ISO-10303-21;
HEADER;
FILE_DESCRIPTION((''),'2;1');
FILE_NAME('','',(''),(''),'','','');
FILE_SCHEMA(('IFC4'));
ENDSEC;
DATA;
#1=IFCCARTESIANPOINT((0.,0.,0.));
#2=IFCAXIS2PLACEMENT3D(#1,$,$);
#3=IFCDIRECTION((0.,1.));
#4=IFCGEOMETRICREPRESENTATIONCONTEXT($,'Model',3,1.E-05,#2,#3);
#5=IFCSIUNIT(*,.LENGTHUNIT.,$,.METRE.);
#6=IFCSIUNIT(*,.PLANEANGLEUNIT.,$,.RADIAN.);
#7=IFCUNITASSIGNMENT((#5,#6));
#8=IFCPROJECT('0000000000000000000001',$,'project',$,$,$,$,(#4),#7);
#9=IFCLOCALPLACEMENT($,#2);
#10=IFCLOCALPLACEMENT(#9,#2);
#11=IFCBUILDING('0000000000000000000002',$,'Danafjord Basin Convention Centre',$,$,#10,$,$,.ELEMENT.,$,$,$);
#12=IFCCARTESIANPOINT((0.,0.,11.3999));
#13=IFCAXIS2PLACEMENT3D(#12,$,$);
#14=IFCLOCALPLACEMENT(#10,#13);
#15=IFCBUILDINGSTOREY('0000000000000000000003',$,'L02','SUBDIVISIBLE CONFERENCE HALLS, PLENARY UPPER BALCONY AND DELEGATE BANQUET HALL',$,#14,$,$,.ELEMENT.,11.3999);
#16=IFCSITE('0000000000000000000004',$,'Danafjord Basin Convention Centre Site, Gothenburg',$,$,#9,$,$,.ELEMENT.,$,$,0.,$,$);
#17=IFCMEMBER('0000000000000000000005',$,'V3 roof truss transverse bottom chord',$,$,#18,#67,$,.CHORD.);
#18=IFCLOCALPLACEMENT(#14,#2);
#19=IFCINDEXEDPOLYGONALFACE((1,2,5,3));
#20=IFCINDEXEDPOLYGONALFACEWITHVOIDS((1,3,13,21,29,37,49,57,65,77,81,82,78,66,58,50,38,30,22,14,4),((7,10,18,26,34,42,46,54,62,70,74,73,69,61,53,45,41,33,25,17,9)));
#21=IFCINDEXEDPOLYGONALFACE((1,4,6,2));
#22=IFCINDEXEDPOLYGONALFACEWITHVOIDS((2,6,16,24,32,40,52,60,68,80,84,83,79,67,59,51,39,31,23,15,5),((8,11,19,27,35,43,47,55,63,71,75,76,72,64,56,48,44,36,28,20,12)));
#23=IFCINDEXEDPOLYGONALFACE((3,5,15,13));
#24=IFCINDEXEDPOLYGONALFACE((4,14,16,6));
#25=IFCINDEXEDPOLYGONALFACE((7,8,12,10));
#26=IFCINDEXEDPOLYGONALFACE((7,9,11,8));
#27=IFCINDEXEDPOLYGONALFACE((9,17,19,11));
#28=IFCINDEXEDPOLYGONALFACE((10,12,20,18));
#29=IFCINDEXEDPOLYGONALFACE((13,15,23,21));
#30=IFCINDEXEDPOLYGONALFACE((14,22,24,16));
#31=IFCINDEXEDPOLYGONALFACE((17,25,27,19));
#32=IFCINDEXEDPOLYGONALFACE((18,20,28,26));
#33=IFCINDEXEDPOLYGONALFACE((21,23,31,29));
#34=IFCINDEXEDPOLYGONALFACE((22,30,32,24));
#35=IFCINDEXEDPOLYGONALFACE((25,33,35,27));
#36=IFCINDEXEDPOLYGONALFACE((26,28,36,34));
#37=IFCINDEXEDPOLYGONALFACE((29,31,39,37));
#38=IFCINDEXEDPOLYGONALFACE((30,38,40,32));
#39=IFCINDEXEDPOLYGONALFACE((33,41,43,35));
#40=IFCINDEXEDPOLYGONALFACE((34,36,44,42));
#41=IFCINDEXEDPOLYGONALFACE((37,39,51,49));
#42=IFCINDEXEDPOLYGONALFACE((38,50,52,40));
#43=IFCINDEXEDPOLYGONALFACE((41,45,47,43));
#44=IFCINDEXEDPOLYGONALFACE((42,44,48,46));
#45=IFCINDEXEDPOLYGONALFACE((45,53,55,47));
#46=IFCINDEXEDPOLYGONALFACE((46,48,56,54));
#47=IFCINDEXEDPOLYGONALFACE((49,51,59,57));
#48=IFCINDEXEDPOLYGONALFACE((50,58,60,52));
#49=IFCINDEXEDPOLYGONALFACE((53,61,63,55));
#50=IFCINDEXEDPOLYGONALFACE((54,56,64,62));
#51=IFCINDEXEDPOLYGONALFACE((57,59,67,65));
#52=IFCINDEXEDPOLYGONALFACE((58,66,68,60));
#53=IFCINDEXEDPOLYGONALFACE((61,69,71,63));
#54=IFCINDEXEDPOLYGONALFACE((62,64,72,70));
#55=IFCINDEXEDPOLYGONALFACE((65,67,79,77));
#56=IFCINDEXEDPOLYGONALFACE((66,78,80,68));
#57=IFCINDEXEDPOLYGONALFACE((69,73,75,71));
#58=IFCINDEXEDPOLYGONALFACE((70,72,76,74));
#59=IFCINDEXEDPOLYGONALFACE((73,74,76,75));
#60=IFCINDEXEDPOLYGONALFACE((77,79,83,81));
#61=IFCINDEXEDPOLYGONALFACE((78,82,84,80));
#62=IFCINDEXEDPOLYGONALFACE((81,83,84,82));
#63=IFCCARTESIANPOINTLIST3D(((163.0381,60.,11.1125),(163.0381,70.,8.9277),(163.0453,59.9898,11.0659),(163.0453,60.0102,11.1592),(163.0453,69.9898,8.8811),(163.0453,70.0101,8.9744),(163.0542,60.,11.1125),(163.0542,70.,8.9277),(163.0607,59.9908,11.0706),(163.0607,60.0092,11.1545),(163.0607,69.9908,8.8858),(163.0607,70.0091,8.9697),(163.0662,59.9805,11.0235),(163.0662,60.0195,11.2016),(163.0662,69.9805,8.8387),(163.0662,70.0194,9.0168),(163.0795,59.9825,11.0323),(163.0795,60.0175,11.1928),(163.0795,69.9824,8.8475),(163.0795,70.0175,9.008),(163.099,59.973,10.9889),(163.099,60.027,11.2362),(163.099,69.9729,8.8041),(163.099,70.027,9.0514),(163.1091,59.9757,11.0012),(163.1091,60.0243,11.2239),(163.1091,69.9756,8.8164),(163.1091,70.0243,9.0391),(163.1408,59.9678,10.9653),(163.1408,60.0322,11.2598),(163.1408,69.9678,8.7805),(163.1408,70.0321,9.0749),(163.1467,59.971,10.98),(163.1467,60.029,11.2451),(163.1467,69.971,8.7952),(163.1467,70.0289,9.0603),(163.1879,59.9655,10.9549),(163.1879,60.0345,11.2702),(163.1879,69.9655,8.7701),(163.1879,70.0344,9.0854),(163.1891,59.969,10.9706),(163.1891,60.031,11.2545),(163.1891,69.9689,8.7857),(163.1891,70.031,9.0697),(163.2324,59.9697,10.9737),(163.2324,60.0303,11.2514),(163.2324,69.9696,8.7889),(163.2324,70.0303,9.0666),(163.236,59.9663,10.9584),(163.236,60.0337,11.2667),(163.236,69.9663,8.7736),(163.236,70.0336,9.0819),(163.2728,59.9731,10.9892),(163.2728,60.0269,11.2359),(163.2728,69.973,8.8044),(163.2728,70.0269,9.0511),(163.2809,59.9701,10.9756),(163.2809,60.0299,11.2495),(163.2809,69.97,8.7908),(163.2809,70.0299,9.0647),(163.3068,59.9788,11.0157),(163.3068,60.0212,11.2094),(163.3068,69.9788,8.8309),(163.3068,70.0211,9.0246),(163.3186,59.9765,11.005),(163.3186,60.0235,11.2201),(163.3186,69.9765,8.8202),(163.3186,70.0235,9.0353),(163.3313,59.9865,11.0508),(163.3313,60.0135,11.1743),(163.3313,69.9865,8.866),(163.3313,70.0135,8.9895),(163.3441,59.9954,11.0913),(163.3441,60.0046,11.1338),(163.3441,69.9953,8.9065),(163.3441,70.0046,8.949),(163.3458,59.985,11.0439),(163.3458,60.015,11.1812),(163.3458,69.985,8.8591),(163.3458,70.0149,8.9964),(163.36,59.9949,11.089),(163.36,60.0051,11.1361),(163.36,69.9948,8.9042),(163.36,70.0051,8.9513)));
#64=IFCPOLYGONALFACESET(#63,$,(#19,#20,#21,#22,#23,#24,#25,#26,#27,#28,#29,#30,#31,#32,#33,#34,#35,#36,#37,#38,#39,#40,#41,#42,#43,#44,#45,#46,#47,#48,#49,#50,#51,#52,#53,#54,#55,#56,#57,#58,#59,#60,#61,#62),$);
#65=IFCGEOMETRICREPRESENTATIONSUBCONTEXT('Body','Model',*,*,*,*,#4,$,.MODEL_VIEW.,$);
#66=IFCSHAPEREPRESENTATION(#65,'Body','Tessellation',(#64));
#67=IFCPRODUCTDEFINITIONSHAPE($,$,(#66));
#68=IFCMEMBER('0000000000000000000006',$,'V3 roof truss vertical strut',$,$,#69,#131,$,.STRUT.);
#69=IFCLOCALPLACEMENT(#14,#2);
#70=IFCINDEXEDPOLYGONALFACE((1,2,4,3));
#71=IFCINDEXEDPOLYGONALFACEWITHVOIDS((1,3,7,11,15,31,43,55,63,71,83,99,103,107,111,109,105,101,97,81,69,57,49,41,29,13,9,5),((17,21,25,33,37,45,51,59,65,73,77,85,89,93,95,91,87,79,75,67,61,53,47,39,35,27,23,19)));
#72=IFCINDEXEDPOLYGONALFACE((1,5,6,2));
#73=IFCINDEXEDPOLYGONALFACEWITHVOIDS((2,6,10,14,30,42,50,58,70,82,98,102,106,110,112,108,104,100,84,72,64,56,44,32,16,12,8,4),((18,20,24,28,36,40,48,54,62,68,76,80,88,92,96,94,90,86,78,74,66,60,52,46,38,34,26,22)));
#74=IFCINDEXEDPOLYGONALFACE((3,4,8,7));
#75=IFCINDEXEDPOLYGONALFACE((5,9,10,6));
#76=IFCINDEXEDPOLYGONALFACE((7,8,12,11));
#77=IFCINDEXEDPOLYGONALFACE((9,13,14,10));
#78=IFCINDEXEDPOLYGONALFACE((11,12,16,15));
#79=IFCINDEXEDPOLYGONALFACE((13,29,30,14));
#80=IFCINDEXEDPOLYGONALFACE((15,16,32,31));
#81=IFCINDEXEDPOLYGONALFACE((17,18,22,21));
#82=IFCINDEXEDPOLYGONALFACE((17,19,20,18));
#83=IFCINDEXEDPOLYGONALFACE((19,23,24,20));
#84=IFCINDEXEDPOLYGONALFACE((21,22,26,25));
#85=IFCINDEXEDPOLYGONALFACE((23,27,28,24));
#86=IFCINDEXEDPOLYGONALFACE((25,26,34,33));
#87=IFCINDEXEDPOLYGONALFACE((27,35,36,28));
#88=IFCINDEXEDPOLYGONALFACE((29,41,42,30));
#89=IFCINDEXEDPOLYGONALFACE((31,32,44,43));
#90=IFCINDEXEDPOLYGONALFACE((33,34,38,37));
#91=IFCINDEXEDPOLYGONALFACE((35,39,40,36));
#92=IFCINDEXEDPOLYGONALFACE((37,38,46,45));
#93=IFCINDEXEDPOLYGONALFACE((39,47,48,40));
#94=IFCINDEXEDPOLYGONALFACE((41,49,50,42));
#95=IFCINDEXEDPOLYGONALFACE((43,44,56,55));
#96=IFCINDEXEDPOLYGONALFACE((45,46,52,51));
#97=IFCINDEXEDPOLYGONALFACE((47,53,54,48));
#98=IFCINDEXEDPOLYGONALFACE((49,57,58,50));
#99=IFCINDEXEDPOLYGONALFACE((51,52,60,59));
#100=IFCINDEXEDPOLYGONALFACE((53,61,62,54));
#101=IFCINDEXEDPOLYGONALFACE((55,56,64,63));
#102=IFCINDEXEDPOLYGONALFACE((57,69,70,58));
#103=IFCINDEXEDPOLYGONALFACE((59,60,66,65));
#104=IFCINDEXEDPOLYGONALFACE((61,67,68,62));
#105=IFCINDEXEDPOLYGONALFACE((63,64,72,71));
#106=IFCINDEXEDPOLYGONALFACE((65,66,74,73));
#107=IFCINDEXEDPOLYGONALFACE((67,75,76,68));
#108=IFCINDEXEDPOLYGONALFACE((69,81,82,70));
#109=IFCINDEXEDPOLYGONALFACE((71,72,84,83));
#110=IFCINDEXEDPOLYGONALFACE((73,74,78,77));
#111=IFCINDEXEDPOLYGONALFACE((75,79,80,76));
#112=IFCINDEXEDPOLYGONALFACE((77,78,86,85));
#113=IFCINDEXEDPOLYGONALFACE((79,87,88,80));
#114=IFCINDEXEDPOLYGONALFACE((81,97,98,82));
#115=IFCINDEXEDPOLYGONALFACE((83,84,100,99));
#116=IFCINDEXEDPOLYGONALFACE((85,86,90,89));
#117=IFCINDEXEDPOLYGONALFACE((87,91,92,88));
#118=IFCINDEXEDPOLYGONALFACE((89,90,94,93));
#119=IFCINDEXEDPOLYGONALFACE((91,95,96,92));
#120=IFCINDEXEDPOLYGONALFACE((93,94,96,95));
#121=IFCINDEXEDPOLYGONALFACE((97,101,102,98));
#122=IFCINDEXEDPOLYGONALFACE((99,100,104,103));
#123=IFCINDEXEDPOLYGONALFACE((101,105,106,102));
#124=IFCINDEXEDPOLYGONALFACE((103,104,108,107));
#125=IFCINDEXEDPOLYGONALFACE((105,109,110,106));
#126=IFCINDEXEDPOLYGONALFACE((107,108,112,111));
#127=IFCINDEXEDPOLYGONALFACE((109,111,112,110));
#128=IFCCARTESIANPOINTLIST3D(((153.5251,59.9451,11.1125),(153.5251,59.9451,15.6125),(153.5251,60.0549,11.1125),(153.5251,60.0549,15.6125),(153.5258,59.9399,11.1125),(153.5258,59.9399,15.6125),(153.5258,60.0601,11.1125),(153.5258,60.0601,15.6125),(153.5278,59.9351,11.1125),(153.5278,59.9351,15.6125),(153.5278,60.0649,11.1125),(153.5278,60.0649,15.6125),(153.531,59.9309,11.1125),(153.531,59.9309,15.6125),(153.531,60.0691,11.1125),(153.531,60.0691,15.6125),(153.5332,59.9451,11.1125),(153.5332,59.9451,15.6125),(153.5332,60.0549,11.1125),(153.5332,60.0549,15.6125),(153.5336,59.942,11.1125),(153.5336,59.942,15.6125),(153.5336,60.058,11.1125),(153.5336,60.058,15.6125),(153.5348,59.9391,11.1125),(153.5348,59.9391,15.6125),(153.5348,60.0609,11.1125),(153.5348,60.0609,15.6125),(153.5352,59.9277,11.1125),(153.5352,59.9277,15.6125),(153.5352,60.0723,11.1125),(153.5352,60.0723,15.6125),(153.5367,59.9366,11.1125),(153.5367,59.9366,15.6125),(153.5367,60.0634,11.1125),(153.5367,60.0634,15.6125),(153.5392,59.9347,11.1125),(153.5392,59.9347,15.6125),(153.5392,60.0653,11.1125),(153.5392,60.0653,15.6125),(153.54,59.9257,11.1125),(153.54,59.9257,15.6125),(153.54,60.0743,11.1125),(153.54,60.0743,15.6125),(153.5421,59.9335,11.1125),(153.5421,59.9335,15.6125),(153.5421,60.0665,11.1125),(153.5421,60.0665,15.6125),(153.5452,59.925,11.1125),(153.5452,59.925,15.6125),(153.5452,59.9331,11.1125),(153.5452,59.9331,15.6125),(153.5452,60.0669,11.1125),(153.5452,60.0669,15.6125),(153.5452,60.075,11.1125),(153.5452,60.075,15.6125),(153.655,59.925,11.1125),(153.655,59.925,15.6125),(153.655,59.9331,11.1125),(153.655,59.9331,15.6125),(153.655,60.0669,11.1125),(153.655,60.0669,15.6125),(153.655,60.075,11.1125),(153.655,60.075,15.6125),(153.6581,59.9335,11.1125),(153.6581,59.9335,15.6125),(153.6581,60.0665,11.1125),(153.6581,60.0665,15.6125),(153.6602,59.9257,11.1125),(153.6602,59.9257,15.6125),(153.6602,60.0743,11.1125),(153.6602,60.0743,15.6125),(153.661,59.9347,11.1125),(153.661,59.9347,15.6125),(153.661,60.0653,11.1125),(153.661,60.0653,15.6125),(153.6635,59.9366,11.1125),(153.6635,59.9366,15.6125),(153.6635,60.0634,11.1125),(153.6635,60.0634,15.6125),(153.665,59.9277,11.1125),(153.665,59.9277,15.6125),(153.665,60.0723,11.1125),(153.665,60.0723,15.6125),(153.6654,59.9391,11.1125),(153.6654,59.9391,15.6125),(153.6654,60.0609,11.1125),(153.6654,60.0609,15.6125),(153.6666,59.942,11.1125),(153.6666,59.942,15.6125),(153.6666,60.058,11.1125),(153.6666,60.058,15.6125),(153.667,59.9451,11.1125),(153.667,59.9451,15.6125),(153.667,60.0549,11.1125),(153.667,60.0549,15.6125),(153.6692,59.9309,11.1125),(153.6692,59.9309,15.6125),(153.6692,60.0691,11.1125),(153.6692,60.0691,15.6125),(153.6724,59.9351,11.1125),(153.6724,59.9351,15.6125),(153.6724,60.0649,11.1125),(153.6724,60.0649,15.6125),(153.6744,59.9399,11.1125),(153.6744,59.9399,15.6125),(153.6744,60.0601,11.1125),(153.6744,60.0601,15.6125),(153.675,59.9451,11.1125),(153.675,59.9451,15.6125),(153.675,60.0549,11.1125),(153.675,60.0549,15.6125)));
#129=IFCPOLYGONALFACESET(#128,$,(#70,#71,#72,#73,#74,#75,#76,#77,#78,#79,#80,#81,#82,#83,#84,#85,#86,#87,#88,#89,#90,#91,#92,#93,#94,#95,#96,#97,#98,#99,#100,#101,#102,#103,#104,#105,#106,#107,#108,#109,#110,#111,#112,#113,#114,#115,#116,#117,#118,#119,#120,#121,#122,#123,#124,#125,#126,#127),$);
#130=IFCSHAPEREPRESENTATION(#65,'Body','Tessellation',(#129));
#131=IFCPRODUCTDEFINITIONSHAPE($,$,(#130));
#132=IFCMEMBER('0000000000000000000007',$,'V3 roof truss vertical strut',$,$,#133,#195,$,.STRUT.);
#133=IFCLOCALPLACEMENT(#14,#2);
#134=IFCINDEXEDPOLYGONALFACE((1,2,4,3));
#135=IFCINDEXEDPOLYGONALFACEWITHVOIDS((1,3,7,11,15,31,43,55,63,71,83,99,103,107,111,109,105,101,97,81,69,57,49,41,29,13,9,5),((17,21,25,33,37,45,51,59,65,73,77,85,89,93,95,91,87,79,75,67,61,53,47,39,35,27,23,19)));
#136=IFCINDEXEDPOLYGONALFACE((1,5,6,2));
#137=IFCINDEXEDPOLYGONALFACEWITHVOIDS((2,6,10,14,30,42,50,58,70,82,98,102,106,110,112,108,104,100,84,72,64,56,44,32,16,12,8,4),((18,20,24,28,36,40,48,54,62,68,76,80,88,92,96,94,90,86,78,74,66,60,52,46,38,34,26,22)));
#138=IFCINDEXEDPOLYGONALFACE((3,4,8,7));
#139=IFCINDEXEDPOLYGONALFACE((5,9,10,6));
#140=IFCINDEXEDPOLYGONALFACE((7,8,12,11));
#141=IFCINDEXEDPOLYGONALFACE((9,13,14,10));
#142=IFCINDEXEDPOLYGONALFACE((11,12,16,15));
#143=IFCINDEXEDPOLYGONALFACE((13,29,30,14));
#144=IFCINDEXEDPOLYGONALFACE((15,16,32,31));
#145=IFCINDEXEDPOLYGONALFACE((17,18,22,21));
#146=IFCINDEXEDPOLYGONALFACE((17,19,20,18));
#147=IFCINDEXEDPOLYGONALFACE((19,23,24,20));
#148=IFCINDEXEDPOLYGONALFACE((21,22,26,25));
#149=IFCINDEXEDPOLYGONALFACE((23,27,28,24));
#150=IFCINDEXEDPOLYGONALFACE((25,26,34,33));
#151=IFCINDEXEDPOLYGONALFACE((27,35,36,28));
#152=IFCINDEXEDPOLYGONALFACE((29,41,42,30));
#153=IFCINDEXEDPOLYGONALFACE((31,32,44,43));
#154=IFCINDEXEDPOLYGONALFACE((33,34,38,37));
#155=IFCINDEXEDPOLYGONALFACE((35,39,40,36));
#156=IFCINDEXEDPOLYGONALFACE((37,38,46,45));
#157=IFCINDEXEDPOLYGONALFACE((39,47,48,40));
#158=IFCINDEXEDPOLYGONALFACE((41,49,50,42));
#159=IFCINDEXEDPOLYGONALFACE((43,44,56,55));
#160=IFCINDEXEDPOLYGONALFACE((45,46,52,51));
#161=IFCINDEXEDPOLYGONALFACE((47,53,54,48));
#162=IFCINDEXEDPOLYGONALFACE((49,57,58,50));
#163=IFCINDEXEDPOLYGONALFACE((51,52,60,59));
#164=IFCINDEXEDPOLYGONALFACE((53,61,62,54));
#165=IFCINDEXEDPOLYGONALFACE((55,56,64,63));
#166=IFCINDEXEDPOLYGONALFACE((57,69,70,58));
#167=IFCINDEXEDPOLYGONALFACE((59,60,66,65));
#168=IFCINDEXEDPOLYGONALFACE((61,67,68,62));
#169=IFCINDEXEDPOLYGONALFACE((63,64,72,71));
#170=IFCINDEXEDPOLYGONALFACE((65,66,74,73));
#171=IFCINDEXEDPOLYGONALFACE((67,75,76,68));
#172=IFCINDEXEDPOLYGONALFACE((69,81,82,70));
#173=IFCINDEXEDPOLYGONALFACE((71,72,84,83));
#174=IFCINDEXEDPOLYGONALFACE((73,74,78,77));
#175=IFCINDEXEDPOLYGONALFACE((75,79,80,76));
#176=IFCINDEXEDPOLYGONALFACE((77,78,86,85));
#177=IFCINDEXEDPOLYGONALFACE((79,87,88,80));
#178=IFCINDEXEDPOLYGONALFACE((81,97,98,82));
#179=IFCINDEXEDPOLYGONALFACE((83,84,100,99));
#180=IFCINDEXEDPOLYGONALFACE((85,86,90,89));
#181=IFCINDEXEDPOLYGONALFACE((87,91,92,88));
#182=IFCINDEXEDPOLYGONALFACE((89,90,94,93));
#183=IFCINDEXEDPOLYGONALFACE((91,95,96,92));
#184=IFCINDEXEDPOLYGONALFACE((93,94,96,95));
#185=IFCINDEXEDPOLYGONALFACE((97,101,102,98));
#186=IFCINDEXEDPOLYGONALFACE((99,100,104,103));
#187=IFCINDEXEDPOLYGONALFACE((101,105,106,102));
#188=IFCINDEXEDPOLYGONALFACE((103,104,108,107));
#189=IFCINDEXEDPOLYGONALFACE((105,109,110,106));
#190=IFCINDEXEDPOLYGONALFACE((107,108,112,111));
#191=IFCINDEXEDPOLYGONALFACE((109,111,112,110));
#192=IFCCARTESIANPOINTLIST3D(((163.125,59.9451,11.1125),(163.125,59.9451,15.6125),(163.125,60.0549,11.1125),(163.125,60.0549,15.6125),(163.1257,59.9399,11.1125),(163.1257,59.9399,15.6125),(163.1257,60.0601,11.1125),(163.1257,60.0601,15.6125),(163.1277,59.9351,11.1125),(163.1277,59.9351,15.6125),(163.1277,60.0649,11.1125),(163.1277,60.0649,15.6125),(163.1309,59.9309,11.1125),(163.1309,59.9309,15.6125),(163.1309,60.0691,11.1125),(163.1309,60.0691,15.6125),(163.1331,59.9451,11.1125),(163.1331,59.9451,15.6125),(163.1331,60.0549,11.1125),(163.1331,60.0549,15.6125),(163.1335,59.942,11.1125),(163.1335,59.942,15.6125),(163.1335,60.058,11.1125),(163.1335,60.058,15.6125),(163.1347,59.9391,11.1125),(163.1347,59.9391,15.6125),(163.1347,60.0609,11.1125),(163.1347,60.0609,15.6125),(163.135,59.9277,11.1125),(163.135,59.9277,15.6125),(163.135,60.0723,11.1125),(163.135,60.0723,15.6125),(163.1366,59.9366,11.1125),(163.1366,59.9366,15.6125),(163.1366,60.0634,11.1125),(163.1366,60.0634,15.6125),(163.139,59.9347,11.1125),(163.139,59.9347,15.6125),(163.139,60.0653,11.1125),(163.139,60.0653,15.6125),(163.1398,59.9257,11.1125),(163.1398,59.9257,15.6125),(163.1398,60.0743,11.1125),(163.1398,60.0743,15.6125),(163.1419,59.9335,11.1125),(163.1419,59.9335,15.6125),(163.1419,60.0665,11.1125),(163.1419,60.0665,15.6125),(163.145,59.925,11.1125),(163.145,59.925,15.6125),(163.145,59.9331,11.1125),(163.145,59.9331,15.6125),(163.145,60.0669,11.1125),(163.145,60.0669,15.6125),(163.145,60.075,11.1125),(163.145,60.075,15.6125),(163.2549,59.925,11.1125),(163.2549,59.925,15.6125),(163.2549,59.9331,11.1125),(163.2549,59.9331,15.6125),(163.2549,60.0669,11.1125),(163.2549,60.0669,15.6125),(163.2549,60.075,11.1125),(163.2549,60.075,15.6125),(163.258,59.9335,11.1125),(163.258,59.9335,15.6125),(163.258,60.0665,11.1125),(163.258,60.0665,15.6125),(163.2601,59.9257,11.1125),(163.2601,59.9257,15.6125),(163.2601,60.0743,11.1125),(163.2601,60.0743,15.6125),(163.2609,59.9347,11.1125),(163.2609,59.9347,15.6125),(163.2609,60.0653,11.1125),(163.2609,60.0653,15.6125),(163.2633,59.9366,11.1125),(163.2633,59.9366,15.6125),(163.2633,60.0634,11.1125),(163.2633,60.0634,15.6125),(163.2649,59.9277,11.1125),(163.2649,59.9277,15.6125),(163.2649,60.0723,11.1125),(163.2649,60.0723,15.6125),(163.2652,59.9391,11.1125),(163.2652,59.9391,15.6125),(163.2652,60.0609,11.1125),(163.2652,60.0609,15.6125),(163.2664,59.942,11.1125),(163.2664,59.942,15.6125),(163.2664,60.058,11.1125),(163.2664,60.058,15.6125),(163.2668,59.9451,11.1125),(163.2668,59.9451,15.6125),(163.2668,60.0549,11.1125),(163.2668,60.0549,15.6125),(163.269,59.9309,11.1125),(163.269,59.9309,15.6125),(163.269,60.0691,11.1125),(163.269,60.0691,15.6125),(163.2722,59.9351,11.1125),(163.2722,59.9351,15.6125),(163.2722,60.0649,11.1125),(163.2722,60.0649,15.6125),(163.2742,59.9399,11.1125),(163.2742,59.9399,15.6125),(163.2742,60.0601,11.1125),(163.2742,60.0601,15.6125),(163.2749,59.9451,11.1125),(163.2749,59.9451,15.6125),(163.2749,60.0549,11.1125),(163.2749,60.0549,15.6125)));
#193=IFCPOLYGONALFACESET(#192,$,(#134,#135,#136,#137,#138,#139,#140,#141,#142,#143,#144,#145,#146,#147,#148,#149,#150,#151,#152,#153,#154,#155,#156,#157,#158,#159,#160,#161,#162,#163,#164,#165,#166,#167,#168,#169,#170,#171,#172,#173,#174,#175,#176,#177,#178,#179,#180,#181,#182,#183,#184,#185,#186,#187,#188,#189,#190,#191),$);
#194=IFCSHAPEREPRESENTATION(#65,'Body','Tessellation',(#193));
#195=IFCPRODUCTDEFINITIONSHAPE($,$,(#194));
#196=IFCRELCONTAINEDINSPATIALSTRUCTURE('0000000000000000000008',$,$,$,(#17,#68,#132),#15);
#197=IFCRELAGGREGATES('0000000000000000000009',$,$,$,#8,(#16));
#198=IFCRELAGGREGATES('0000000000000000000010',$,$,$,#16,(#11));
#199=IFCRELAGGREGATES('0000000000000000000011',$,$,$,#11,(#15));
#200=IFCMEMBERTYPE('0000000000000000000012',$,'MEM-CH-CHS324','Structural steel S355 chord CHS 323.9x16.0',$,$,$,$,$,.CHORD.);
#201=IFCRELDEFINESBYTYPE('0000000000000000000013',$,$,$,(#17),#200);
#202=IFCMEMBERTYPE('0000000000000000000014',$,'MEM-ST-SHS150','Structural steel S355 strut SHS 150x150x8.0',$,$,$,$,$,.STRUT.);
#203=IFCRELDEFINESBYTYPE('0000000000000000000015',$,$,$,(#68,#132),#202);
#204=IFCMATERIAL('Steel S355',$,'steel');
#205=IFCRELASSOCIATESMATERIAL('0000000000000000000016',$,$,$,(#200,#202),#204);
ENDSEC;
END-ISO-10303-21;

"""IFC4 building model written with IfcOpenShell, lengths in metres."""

from ifc_helpers import new_model, si_unit, direction, frame, origin, origin_2d, place, context, subcontext, project, spatial, hollow_rectangle, hollow_circle, extrude, material, material_profile, profile_set, type_object, element, save


model = new_model("IFC4")

# Units and contexts
model_context = context("Model", 3, precision=1e-05, world=origin(), true_north=direction((0.0, 1.0)))
body_context = subcontext(model_context, "Body", "Model", "MODEL_VIEW")
ifc_project = project(units=[si_unit("LENGTHUNIT", "METRE"), si_unit("PLANEANGLEUNIT", "RADIAN")], contexts=[model_context])

# Site, building, storey
site_placement = place(None, origin())
site = spatial("IfcSite", under=ifc_project, at=site_placement, Name="Danafjord Basin Convention Centre Site, Gothenburg", CompositionType="ELEMENT", RefElevation=0.0)
building_placement = place(site_placement, origin())
building = spatial("IfcBuilding", under=site, at=building_placement, Name="Danafjord Basin Convention Centre", CompositionType="ELEMENT")
storey_placement = place(building_placement, frame((0.0, 0.0, 11.3999)))
storey = spatial("IfcBuildingStorey", under=building, at=storey_placement, Name="L02", Description="SUBDIVISIBLE CONFERENCE HALLS, PLENARY UPPER BALCONY AND DELEGATE BANQUET HALL", CompositionType="ELEMENT", Elevation=11.3999)

# Members
ifc_material = material(Name="Steel S355", Category="steel")
ifc_material_profile_1 = material_profile(ifc_material, hollow_circle(Radius=0.1619, WallThickness=0.0161, at=origin_2d()), Name="CHS 323.9x16.0")
ifc_profile_set_1 = profile_set([ifc_material_profile_1], Name="Steel S355")
member_type_1 = type_object("IfcMemberType", Name="MEM-CH-CHS324", Description="Structural steel S355 chord CHS 323.9x16.0", PredefinedType="CHORD", material=ifc_profile_set_1)
member_1_placement = place(storey_placement, frame((163.2, 60.0, 11.1125), z_axis=(0.0, 0.976955, -0.213446), x_axis=(-1.0, 0.0, 0.0)))
element("IfcMember", 1, at=member_1_placement, inside=storey, type_object=member_type_1, Name="V3 roof truss transverse bottom chord", PredefinedType="CHORD", context=body_context, shape_type="SweptSolid", body=[
    extrude(hollow_circle(Radius=0.1619, WallThickness=0.0161, at=origin_2d()), origin(), (0.0, 0.0, 1.0), 10.2358),
])
ifc_material_profile_2 = material_profile(ifc_material, hollow_rectangle(XDim=0.1499, YDim=0.1499, WallThickness=0.0081, InnerFilletRadius=0.012, OuterFilletRadius=0.02, at=origin_2d()), Name="SHS 150x150x8.0")
ifc_profile_set_2 = profile_set([ifc_material_profile_2], Name="Steel S355")
member_type_2 = type_object("IfcMemberType", Name="MEM-ST-SHS150", Description="Structural steel S355 strut SHS 150x150x8.0", PredefinedType="STRUT", material=ifc_profile_set_2)
for number, where, z_axis, x_axis, name in (
    (2, (153.6001, 60.0, 11.1125), (0.0, 0.0, 1.0), (1.0, 0.0, 0.0), "V3 roof truss vertical strut"),
    (3, (163.2, 60.0, 11.1125), (0.0, 0.0, 1.0), (1.0, 0.0, 0.0), "V3 roof truss vertical strut"),
):
    element("IfcMember", number, at=place(storey_placement, frame(where, z_axis=z_axis, x_axis=x_axis)), inside=storey, type_object=member_type_2, Name=name, PredefinedType="STRUT", context=body_context, shape_type="SweptSolid", body=[
        extrude(hollow_rectangle(XDim=0.1499, YDim=0.1499, WallThickness=0.0081, InnerFilletRadius=0.012, OuterFilletRadius=0.02, at=origin_2d()), origin(), (0.0, 0.0, 1.0), 4.5),
    ])

save(model, "model.ifc")
